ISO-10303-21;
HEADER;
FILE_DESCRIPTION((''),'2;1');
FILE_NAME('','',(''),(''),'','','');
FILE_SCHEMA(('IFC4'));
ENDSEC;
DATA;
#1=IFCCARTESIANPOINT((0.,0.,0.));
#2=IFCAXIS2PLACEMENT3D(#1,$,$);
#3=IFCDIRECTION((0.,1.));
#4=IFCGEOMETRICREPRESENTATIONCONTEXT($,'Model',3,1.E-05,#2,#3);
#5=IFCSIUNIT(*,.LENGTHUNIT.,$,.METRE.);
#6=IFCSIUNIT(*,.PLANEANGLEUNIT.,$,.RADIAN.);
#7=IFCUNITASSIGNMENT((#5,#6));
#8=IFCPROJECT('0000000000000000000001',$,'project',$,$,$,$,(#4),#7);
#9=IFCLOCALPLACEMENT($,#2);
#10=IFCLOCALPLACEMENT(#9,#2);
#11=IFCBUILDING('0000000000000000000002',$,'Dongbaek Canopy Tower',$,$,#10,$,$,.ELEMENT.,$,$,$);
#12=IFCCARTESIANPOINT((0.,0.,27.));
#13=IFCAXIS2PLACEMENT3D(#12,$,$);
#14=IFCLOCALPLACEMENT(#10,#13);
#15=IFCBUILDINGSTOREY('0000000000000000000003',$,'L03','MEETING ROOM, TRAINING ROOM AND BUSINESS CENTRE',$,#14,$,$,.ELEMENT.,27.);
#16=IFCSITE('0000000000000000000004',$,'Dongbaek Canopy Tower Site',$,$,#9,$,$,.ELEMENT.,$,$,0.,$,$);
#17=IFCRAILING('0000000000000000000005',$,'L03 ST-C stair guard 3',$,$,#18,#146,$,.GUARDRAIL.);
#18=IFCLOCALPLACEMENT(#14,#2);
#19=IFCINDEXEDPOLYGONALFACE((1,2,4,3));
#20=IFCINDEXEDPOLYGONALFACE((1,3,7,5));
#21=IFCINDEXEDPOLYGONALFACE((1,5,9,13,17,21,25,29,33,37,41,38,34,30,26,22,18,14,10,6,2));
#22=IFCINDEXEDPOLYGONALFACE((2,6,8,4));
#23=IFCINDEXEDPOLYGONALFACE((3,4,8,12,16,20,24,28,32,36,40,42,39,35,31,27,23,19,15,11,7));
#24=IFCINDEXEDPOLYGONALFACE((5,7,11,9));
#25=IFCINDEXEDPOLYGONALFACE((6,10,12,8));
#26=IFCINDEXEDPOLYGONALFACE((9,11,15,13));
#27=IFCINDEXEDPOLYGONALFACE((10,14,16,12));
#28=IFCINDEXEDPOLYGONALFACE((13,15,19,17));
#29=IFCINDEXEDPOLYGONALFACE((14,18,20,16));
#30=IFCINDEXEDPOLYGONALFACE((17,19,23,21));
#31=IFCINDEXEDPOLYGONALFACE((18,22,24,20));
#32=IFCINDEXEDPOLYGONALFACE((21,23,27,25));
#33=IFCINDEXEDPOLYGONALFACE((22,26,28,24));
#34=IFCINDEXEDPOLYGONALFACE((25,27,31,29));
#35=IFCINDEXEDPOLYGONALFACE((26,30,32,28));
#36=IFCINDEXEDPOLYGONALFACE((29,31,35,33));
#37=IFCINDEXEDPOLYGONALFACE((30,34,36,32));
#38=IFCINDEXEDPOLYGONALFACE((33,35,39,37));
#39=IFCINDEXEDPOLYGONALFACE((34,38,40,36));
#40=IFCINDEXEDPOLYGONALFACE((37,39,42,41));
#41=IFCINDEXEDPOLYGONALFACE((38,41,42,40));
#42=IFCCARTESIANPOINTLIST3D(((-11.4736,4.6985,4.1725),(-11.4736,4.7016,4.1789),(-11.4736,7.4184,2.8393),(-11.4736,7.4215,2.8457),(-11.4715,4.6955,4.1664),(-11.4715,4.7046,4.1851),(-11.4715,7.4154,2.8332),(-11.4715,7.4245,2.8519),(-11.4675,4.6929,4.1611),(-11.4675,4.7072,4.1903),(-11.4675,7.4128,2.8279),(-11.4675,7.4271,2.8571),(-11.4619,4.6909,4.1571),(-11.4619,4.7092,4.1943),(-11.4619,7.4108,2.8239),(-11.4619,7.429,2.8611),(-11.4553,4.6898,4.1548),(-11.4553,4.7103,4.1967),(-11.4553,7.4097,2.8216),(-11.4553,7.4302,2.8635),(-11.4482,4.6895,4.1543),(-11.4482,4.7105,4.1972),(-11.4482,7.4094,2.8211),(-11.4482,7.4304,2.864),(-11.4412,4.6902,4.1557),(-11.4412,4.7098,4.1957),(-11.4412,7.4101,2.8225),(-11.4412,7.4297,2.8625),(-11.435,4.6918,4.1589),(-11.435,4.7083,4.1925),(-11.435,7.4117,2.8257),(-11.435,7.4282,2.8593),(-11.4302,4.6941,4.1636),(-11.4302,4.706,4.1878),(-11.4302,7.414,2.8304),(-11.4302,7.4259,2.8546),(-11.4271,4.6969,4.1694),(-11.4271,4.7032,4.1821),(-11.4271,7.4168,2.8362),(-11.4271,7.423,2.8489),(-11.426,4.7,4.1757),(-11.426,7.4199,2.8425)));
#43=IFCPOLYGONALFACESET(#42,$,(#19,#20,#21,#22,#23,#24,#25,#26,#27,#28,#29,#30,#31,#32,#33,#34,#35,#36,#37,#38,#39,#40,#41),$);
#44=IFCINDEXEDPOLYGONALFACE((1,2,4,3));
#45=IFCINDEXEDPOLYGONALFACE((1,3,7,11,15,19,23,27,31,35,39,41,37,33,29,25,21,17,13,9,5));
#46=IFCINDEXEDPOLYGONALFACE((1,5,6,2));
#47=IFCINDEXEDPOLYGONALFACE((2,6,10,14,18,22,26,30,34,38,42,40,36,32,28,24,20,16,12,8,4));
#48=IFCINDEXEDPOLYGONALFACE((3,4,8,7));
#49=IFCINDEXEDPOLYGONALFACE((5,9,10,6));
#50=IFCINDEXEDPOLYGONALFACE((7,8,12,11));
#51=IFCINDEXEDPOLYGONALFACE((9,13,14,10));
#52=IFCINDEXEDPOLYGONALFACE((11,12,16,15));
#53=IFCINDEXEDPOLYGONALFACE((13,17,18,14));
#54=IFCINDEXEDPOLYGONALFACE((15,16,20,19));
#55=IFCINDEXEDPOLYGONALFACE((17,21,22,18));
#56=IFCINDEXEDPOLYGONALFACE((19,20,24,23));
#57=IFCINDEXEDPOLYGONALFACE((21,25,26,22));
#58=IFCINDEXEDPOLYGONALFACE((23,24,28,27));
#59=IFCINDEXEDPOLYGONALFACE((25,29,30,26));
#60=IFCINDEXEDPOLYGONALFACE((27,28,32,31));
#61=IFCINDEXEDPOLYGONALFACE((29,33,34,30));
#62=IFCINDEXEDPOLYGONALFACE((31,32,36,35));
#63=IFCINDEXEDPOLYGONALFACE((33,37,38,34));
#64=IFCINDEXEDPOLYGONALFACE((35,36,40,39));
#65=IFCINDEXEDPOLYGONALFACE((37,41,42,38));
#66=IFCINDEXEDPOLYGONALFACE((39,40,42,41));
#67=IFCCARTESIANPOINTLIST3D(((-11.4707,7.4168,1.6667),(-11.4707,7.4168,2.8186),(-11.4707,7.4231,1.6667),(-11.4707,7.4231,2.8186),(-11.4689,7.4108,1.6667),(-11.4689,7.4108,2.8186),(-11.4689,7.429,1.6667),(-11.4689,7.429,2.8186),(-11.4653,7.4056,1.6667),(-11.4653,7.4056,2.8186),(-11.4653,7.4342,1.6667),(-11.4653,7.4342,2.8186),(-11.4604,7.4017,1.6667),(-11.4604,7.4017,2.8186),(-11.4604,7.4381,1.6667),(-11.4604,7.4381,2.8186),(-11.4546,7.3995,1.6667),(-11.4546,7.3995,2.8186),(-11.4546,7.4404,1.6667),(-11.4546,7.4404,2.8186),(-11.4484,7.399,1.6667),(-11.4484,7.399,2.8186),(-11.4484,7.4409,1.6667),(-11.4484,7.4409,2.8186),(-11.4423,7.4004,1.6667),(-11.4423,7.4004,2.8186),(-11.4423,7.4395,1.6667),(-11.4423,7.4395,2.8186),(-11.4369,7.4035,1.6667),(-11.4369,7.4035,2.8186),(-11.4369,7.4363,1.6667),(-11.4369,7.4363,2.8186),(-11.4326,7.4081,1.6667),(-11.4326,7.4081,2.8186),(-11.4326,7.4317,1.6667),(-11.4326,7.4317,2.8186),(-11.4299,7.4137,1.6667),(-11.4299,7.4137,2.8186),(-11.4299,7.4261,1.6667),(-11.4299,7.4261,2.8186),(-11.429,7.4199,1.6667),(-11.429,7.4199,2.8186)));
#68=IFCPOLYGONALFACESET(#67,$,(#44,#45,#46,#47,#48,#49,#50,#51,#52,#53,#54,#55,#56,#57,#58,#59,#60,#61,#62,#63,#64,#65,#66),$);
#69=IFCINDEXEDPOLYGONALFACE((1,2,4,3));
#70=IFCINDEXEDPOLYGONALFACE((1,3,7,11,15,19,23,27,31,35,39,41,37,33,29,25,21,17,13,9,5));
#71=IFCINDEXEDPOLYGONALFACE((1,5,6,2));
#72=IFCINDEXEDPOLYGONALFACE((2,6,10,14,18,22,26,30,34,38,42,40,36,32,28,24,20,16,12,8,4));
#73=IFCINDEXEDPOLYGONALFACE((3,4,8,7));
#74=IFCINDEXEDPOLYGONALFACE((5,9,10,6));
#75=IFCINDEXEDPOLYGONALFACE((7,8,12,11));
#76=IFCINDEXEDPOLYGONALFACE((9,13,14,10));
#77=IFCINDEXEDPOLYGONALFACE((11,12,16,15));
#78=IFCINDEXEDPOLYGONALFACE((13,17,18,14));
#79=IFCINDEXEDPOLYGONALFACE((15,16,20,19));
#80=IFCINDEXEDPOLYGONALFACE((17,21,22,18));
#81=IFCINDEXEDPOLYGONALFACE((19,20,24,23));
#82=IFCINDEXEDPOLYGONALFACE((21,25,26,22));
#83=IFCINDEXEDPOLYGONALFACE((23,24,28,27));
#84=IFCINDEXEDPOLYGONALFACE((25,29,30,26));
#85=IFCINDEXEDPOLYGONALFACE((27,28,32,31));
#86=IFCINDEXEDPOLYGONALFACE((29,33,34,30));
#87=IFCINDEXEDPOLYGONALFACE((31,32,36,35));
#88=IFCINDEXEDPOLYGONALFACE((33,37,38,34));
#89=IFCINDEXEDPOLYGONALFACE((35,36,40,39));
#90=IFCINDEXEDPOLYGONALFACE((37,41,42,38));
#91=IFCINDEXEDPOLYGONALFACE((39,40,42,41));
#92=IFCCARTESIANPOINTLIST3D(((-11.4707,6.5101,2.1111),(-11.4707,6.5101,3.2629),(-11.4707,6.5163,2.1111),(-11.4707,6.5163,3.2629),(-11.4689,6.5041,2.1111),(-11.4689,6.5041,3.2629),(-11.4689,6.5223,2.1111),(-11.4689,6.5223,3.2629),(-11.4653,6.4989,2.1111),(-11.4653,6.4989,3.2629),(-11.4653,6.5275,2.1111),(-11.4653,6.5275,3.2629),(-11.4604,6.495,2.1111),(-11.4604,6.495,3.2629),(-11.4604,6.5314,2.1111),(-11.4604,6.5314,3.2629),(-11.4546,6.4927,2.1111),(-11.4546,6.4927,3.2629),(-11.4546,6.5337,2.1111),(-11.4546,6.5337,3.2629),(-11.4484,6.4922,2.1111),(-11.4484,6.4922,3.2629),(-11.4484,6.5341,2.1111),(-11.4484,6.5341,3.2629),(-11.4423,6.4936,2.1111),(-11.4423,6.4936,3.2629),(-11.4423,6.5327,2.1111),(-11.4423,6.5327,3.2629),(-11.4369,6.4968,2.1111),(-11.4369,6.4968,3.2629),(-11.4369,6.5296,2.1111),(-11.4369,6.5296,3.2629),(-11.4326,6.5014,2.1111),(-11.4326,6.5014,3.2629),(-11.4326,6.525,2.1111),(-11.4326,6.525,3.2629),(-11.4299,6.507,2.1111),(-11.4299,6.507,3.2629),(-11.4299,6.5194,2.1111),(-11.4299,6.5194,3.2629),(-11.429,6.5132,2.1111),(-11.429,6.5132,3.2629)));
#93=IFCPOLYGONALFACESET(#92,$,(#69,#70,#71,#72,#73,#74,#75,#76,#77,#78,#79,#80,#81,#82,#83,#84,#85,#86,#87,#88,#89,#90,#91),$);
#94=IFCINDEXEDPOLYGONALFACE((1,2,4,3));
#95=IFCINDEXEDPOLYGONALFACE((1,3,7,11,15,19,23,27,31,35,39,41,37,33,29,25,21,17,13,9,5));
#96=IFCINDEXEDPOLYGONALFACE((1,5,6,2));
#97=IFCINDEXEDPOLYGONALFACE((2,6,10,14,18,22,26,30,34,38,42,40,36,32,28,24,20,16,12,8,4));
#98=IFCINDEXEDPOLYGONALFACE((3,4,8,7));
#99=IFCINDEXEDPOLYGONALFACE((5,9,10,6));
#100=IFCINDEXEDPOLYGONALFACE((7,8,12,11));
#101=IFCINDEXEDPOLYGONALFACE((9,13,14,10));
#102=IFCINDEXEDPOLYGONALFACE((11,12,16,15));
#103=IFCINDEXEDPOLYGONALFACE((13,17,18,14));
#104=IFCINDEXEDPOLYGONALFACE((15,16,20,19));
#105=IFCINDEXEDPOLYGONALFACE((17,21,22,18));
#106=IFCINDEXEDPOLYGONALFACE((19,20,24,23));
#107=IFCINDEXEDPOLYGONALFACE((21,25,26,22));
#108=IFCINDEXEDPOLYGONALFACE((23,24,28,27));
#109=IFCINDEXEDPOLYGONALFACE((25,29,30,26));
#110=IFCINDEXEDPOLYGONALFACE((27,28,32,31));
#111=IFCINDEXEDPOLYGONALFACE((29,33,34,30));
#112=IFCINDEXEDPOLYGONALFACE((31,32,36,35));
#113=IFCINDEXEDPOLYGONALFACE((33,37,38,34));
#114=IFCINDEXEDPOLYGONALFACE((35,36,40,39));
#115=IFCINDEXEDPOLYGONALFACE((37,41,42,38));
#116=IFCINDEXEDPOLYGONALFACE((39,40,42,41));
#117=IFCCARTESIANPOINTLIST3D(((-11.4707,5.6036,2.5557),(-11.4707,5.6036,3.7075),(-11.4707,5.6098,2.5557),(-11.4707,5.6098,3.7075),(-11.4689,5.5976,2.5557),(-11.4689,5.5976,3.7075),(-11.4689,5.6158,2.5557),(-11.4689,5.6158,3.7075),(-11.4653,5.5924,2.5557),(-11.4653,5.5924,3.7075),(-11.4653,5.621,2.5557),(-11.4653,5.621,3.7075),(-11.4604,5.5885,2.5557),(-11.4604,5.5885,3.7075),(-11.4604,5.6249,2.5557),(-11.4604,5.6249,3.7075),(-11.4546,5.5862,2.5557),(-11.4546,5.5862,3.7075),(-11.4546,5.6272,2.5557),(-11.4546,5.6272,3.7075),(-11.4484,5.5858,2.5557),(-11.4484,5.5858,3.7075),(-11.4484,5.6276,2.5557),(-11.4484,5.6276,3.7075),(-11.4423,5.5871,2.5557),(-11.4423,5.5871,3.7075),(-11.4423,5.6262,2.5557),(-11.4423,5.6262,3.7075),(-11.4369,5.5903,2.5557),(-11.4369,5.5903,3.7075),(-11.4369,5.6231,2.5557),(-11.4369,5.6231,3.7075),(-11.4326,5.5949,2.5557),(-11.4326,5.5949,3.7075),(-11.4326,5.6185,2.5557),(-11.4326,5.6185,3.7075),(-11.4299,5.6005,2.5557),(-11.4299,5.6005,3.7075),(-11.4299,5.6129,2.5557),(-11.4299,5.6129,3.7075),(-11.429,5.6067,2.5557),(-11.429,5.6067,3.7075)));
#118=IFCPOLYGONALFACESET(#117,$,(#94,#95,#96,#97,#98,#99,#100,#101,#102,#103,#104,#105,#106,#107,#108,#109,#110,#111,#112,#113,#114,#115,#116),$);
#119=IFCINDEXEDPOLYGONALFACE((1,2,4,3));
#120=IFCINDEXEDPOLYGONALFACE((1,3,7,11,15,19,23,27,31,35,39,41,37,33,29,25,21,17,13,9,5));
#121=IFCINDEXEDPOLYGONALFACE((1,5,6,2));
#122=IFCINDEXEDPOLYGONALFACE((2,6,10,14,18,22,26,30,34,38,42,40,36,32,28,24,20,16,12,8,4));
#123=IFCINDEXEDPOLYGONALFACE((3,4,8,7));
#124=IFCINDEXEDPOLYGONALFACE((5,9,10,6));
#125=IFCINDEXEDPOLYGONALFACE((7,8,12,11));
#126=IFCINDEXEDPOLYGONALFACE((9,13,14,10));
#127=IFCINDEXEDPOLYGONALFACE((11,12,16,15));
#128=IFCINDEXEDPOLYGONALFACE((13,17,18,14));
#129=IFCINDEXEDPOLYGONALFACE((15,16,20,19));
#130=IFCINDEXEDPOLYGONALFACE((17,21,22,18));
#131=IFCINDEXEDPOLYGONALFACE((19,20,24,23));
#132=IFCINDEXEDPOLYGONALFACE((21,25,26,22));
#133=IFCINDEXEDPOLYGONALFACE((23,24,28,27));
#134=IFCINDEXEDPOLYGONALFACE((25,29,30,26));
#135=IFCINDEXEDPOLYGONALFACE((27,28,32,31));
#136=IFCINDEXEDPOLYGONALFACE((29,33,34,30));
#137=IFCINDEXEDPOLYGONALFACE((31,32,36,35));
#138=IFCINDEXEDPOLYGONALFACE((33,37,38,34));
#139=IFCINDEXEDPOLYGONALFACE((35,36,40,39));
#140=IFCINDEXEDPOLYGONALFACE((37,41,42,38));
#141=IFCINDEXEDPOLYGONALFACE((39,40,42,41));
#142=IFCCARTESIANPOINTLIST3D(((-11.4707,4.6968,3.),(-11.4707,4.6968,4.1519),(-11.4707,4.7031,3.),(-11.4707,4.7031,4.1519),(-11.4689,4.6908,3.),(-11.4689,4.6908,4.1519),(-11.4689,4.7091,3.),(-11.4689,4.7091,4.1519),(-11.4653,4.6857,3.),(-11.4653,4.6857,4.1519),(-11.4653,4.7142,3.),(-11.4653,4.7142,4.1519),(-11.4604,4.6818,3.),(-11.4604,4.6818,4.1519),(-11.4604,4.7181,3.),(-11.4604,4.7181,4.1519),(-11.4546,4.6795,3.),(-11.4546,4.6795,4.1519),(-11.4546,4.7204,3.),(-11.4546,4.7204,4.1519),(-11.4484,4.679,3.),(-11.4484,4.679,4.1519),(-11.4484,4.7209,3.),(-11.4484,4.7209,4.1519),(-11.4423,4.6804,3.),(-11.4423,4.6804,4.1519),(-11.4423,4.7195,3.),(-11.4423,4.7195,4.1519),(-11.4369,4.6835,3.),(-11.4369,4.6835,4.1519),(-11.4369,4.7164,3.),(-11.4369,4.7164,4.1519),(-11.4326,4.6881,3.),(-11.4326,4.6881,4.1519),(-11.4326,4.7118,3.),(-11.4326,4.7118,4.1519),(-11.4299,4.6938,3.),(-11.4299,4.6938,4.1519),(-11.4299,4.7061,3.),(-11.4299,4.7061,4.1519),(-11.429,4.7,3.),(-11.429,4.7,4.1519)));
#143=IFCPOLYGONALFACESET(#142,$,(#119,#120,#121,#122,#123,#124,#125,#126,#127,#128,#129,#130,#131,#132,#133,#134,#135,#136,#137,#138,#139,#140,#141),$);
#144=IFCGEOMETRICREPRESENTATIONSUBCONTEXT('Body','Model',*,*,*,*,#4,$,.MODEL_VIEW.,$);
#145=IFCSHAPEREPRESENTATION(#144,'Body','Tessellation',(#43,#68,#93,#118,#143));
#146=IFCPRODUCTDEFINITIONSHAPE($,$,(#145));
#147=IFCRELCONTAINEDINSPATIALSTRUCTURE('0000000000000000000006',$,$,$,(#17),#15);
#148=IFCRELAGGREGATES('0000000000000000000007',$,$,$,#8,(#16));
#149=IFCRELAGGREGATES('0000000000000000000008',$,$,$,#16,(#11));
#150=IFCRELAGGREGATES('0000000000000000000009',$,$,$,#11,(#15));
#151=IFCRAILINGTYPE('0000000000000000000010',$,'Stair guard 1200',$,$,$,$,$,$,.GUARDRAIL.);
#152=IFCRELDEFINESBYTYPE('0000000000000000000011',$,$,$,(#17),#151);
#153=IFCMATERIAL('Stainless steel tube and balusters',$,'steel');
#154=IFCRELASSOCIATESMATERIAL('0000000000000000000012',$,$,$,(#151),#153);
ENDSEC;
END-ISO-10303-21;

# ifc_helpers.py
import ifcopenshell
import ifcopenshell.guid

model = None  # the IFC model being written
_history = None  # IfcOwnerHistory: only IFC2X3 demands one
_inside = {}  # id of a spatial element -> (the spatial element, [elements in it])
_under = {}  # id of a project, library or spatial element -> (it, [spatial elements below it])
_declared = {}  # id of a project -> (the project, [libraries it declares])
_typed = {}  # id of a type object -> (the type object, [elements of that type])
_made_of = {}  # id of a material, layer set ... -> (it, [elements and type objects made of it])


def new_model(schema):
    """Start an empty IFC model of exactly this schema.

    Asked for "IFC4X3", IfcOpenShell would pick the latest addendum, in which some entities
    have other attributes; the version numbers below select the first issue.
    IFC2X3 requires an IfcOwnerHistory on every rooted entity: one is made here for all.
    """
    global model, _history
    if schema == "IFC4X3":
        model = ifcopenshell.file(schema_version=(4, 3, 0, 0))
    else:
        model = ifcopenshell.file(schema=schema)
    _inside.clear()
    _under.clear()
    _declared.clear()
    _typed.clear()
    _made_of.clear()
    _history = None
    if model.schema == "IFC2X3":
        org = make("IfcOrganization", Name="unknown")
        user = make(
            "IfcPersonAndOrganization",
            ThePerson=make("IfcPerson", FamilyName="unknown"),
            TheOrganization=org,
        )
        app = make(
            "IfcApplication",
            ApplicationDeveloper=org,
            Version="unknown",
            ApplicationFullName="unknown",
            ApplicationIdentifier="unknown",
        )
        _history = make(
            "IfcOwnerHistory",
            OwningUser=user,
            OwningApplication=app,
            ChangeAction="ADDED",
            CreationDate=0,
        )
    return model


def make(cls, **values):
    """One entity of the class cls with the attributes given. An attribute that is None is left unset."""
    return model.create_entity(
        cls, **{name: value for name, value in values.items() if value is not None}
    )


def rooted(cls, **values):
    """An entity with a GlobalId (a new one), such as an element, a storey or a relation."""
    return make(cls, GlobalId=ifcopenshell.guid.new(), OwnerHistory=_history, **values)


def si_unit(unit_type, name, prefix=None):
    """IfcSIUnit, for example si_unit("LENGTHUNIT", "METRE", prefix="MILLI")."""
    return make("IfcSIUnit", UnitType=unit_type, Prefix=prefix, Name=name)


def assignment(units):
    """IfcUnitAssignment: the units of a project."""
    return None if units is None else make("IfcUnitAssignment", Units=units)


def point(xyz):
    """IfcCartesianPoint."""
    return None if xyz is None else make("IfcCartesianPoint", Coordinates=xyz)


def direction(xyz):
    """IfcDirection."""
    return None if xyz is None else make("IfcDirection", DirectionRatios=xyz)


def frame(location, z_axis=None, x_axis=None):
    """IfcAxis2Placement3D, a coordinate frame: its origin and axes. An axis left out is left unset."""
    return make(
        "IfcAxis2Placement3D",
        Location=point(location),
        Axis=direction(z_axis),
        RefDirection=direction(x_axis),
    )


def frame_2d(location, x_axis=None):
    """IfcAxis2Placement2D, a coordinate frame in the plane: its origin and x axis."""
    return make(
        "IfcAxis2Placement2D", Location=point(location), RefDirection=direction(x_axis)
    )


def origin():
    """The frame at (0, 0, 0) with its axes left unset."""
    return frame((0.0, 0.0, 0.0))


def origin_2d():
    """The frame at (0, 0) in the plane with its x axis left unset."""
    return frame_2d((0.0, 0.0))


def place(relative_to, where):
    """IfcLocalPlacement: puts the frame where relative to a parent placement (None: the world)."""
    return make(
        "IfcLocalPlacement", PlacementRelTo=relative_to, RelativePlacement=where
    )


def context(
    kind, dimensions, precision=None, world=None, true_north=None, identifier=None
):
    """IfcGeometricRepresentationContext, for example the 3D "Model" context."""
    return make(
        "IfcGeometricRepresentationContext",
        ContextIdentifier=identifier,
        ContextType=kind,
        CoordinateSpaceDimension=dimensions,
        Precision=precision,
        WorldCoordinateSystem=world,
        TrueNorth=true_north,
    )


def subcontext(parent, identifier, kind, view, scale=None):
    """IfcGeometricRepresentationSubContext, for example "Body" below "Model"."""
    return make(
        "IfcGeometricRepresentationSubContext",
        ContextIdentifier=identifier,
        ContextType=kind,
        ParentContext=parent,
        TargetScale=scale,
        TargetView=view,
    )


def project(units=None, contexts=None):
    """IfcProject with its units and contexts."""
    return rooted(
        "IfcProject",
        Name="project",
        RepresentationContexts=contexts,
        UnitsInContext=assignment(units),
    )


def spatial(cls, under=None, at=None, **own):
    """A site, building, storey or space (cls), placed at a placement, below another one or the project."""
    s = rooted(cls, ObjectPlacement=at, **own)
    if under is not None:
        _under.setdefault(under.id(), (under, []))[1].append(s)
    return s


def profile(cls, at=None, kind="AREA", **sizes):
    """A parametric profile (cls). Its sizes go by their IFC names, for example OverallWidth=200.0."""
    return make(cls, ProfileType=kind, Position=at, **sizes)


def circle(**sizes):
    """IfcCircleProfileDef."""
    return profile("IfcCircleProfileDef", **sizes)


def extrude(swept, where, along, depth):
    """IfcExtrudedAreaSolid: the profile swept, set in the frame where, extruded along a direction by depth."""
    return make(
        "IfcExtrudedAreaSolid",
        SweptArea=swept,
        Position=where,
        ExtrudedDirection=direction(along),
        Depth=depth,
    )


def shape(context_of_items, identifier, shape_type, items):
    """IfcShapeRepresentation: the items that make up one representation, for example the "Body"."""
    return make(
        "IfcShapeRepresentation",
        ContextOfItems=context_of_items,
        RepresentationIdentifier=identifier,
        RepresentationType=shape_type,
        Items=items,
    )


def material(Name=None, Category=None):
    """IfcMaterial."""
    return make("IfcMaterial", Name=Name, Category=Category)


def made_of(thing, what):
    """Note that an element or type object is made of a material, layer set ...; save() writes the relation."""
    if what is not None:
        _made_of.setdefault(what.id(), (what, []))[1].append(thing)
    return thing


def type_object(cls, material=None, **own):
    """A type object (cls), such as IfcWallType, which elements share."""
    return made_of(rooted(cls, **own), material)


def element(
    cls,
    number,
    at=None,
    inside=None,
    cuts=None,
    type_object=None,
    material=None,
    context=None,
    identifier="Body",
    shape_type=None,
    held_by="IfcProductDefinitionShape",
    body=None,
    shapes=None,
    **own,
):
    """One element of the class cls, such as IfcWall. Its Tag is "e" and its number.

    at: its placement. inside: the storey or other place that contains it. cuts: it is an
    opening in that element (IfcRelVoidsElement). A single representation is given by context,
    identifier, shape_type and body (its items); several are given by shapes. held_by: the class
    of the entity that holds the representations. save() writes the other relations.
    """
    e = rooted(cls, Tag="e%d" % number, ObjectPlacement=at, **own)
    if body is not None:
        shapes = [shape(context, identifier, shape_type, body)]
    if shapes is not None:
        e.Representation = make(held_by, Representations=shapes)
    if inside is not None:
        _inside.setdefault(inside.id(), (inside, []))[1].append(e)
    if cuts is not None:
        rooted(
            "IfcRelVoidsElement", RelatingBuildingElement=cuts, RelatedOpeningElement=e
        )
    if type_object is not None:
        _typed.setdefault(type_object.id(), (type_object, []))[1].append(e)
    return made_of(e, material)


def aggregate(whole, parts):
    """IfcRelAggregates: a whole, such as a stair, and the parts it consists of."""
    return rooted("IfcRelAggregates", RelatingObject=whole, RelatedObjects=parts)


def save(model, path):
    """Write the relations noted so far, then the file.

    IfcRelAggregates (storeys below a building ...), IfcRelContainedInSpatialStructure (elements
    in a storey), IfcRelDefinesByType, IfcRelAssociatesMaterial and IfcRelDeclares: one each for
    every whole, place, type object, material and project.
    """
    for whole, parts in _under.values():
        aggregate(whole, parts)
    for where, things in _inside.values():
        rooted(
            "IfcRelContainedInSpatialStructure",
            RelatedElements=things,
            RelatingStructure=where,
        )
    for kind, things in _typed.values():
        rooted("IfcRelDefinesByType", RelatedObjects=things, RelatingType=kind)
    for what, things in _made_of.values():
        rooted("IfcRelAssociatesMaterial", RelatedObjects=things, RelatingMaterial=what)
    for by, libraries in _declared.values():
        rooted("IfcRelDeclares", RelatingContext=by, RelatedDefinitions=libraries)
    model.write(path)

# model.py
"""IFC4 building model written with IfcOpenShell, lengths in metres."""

from ifc_helpers import new_model, si_unit, direction, frame, origin, origin_2d, place, context, subcontext, project, spatial, circle, extrude, material, type_object, element, save


model = new_model("IFC4")

# Units and contexts
model_context = context("Model", 3, precision=1e-05, world=origin(), true_north=direction((0.0, 1.0)))
body_context = subcontext(model_context, "Body", "Model", "MODEL_VIEW")
ifc_project = project(units=[si_unit("LENGTHUNIT", "METRE"), si_unit("PLANEANGLEUNIT", "RADIAN")], contexts=[model_context])

# Site, building, storey
site_placement = place(None, origin())
site = spatial("IfcSite", under=ifc_project, at=site_placement, Name="Dongbaek Canopy Tower Site", CompositionType="ELEMENT", RefElevation=0.0)
building_placement = place(site_placement, origin())
building = spatial("IfcBuilding", under=site, at=building_placement, Name="Dongbaek Canopy Tower", CompositionType="ELEMENT")
storey_placement = place(building_placement, frame((0.0, 0.0, 27.0)))
storey = spatial("IfcBuildingStorey", under=building, at=storey_placement, Name="L03", Description="MEETING ROOM, TRAINING ROOM AND BUSINESS CENTRE", CompositionType="ELEMENT", Elevation=27.0)

# Railing
ifc_material_1 = material(Name="Stainless steel tube and balusters", Category="steel")
railing_type_1 = type_object("IfcRailingType", Name="Stair guard 1200", PredefinedType="GUARDRAIL", material=ifc_material_1)
railing_1_placement = place(storey_placement, frame((-11.45, 7.4199, 1.6667)))
element("IfcRailing", 1, at=railing_1_placement, inside=storey, type_object=railing_type_1, Name="L03 ST-C stair guard 3", PredefinedType="GUARDRAIL", context=body_context, shape_type="SweptSolid", body=[
    extrude(circle(Radius=0.0239, at=origin_2d()), frame((0.0, 0.0, 1.1758), z_axis=(0.0, -0.897929, 0.440139), x_axis=(1.0, 0.0, 0.0)), (0.0, 0.0, 1.0), 3.0291),
    extrude(circle(Radius=0.021, at=origin_2d()), origin(), (0.0, 0.0, 1.0), 1.1519),
    extrude(circle(Radius=0.021, at=origin_2d()), frame((0.0, -0.9067, 0.4443)), (0.0, 0.0, 1.0), 1.1519),
    extrude(circle(Radius=0.021, at=origin_2d()), frame((0.0, -1.8132, 0.8889)), (0.0, 0.0, 1.0), 1.1519),
    extrude(circle(Radius=0.021, at=origin_2d()), frame((0.0, -2.72, 1.3333)), (0.0, 0.0, 1.0), 1.1519),
])

save(model, "model.ifc")
